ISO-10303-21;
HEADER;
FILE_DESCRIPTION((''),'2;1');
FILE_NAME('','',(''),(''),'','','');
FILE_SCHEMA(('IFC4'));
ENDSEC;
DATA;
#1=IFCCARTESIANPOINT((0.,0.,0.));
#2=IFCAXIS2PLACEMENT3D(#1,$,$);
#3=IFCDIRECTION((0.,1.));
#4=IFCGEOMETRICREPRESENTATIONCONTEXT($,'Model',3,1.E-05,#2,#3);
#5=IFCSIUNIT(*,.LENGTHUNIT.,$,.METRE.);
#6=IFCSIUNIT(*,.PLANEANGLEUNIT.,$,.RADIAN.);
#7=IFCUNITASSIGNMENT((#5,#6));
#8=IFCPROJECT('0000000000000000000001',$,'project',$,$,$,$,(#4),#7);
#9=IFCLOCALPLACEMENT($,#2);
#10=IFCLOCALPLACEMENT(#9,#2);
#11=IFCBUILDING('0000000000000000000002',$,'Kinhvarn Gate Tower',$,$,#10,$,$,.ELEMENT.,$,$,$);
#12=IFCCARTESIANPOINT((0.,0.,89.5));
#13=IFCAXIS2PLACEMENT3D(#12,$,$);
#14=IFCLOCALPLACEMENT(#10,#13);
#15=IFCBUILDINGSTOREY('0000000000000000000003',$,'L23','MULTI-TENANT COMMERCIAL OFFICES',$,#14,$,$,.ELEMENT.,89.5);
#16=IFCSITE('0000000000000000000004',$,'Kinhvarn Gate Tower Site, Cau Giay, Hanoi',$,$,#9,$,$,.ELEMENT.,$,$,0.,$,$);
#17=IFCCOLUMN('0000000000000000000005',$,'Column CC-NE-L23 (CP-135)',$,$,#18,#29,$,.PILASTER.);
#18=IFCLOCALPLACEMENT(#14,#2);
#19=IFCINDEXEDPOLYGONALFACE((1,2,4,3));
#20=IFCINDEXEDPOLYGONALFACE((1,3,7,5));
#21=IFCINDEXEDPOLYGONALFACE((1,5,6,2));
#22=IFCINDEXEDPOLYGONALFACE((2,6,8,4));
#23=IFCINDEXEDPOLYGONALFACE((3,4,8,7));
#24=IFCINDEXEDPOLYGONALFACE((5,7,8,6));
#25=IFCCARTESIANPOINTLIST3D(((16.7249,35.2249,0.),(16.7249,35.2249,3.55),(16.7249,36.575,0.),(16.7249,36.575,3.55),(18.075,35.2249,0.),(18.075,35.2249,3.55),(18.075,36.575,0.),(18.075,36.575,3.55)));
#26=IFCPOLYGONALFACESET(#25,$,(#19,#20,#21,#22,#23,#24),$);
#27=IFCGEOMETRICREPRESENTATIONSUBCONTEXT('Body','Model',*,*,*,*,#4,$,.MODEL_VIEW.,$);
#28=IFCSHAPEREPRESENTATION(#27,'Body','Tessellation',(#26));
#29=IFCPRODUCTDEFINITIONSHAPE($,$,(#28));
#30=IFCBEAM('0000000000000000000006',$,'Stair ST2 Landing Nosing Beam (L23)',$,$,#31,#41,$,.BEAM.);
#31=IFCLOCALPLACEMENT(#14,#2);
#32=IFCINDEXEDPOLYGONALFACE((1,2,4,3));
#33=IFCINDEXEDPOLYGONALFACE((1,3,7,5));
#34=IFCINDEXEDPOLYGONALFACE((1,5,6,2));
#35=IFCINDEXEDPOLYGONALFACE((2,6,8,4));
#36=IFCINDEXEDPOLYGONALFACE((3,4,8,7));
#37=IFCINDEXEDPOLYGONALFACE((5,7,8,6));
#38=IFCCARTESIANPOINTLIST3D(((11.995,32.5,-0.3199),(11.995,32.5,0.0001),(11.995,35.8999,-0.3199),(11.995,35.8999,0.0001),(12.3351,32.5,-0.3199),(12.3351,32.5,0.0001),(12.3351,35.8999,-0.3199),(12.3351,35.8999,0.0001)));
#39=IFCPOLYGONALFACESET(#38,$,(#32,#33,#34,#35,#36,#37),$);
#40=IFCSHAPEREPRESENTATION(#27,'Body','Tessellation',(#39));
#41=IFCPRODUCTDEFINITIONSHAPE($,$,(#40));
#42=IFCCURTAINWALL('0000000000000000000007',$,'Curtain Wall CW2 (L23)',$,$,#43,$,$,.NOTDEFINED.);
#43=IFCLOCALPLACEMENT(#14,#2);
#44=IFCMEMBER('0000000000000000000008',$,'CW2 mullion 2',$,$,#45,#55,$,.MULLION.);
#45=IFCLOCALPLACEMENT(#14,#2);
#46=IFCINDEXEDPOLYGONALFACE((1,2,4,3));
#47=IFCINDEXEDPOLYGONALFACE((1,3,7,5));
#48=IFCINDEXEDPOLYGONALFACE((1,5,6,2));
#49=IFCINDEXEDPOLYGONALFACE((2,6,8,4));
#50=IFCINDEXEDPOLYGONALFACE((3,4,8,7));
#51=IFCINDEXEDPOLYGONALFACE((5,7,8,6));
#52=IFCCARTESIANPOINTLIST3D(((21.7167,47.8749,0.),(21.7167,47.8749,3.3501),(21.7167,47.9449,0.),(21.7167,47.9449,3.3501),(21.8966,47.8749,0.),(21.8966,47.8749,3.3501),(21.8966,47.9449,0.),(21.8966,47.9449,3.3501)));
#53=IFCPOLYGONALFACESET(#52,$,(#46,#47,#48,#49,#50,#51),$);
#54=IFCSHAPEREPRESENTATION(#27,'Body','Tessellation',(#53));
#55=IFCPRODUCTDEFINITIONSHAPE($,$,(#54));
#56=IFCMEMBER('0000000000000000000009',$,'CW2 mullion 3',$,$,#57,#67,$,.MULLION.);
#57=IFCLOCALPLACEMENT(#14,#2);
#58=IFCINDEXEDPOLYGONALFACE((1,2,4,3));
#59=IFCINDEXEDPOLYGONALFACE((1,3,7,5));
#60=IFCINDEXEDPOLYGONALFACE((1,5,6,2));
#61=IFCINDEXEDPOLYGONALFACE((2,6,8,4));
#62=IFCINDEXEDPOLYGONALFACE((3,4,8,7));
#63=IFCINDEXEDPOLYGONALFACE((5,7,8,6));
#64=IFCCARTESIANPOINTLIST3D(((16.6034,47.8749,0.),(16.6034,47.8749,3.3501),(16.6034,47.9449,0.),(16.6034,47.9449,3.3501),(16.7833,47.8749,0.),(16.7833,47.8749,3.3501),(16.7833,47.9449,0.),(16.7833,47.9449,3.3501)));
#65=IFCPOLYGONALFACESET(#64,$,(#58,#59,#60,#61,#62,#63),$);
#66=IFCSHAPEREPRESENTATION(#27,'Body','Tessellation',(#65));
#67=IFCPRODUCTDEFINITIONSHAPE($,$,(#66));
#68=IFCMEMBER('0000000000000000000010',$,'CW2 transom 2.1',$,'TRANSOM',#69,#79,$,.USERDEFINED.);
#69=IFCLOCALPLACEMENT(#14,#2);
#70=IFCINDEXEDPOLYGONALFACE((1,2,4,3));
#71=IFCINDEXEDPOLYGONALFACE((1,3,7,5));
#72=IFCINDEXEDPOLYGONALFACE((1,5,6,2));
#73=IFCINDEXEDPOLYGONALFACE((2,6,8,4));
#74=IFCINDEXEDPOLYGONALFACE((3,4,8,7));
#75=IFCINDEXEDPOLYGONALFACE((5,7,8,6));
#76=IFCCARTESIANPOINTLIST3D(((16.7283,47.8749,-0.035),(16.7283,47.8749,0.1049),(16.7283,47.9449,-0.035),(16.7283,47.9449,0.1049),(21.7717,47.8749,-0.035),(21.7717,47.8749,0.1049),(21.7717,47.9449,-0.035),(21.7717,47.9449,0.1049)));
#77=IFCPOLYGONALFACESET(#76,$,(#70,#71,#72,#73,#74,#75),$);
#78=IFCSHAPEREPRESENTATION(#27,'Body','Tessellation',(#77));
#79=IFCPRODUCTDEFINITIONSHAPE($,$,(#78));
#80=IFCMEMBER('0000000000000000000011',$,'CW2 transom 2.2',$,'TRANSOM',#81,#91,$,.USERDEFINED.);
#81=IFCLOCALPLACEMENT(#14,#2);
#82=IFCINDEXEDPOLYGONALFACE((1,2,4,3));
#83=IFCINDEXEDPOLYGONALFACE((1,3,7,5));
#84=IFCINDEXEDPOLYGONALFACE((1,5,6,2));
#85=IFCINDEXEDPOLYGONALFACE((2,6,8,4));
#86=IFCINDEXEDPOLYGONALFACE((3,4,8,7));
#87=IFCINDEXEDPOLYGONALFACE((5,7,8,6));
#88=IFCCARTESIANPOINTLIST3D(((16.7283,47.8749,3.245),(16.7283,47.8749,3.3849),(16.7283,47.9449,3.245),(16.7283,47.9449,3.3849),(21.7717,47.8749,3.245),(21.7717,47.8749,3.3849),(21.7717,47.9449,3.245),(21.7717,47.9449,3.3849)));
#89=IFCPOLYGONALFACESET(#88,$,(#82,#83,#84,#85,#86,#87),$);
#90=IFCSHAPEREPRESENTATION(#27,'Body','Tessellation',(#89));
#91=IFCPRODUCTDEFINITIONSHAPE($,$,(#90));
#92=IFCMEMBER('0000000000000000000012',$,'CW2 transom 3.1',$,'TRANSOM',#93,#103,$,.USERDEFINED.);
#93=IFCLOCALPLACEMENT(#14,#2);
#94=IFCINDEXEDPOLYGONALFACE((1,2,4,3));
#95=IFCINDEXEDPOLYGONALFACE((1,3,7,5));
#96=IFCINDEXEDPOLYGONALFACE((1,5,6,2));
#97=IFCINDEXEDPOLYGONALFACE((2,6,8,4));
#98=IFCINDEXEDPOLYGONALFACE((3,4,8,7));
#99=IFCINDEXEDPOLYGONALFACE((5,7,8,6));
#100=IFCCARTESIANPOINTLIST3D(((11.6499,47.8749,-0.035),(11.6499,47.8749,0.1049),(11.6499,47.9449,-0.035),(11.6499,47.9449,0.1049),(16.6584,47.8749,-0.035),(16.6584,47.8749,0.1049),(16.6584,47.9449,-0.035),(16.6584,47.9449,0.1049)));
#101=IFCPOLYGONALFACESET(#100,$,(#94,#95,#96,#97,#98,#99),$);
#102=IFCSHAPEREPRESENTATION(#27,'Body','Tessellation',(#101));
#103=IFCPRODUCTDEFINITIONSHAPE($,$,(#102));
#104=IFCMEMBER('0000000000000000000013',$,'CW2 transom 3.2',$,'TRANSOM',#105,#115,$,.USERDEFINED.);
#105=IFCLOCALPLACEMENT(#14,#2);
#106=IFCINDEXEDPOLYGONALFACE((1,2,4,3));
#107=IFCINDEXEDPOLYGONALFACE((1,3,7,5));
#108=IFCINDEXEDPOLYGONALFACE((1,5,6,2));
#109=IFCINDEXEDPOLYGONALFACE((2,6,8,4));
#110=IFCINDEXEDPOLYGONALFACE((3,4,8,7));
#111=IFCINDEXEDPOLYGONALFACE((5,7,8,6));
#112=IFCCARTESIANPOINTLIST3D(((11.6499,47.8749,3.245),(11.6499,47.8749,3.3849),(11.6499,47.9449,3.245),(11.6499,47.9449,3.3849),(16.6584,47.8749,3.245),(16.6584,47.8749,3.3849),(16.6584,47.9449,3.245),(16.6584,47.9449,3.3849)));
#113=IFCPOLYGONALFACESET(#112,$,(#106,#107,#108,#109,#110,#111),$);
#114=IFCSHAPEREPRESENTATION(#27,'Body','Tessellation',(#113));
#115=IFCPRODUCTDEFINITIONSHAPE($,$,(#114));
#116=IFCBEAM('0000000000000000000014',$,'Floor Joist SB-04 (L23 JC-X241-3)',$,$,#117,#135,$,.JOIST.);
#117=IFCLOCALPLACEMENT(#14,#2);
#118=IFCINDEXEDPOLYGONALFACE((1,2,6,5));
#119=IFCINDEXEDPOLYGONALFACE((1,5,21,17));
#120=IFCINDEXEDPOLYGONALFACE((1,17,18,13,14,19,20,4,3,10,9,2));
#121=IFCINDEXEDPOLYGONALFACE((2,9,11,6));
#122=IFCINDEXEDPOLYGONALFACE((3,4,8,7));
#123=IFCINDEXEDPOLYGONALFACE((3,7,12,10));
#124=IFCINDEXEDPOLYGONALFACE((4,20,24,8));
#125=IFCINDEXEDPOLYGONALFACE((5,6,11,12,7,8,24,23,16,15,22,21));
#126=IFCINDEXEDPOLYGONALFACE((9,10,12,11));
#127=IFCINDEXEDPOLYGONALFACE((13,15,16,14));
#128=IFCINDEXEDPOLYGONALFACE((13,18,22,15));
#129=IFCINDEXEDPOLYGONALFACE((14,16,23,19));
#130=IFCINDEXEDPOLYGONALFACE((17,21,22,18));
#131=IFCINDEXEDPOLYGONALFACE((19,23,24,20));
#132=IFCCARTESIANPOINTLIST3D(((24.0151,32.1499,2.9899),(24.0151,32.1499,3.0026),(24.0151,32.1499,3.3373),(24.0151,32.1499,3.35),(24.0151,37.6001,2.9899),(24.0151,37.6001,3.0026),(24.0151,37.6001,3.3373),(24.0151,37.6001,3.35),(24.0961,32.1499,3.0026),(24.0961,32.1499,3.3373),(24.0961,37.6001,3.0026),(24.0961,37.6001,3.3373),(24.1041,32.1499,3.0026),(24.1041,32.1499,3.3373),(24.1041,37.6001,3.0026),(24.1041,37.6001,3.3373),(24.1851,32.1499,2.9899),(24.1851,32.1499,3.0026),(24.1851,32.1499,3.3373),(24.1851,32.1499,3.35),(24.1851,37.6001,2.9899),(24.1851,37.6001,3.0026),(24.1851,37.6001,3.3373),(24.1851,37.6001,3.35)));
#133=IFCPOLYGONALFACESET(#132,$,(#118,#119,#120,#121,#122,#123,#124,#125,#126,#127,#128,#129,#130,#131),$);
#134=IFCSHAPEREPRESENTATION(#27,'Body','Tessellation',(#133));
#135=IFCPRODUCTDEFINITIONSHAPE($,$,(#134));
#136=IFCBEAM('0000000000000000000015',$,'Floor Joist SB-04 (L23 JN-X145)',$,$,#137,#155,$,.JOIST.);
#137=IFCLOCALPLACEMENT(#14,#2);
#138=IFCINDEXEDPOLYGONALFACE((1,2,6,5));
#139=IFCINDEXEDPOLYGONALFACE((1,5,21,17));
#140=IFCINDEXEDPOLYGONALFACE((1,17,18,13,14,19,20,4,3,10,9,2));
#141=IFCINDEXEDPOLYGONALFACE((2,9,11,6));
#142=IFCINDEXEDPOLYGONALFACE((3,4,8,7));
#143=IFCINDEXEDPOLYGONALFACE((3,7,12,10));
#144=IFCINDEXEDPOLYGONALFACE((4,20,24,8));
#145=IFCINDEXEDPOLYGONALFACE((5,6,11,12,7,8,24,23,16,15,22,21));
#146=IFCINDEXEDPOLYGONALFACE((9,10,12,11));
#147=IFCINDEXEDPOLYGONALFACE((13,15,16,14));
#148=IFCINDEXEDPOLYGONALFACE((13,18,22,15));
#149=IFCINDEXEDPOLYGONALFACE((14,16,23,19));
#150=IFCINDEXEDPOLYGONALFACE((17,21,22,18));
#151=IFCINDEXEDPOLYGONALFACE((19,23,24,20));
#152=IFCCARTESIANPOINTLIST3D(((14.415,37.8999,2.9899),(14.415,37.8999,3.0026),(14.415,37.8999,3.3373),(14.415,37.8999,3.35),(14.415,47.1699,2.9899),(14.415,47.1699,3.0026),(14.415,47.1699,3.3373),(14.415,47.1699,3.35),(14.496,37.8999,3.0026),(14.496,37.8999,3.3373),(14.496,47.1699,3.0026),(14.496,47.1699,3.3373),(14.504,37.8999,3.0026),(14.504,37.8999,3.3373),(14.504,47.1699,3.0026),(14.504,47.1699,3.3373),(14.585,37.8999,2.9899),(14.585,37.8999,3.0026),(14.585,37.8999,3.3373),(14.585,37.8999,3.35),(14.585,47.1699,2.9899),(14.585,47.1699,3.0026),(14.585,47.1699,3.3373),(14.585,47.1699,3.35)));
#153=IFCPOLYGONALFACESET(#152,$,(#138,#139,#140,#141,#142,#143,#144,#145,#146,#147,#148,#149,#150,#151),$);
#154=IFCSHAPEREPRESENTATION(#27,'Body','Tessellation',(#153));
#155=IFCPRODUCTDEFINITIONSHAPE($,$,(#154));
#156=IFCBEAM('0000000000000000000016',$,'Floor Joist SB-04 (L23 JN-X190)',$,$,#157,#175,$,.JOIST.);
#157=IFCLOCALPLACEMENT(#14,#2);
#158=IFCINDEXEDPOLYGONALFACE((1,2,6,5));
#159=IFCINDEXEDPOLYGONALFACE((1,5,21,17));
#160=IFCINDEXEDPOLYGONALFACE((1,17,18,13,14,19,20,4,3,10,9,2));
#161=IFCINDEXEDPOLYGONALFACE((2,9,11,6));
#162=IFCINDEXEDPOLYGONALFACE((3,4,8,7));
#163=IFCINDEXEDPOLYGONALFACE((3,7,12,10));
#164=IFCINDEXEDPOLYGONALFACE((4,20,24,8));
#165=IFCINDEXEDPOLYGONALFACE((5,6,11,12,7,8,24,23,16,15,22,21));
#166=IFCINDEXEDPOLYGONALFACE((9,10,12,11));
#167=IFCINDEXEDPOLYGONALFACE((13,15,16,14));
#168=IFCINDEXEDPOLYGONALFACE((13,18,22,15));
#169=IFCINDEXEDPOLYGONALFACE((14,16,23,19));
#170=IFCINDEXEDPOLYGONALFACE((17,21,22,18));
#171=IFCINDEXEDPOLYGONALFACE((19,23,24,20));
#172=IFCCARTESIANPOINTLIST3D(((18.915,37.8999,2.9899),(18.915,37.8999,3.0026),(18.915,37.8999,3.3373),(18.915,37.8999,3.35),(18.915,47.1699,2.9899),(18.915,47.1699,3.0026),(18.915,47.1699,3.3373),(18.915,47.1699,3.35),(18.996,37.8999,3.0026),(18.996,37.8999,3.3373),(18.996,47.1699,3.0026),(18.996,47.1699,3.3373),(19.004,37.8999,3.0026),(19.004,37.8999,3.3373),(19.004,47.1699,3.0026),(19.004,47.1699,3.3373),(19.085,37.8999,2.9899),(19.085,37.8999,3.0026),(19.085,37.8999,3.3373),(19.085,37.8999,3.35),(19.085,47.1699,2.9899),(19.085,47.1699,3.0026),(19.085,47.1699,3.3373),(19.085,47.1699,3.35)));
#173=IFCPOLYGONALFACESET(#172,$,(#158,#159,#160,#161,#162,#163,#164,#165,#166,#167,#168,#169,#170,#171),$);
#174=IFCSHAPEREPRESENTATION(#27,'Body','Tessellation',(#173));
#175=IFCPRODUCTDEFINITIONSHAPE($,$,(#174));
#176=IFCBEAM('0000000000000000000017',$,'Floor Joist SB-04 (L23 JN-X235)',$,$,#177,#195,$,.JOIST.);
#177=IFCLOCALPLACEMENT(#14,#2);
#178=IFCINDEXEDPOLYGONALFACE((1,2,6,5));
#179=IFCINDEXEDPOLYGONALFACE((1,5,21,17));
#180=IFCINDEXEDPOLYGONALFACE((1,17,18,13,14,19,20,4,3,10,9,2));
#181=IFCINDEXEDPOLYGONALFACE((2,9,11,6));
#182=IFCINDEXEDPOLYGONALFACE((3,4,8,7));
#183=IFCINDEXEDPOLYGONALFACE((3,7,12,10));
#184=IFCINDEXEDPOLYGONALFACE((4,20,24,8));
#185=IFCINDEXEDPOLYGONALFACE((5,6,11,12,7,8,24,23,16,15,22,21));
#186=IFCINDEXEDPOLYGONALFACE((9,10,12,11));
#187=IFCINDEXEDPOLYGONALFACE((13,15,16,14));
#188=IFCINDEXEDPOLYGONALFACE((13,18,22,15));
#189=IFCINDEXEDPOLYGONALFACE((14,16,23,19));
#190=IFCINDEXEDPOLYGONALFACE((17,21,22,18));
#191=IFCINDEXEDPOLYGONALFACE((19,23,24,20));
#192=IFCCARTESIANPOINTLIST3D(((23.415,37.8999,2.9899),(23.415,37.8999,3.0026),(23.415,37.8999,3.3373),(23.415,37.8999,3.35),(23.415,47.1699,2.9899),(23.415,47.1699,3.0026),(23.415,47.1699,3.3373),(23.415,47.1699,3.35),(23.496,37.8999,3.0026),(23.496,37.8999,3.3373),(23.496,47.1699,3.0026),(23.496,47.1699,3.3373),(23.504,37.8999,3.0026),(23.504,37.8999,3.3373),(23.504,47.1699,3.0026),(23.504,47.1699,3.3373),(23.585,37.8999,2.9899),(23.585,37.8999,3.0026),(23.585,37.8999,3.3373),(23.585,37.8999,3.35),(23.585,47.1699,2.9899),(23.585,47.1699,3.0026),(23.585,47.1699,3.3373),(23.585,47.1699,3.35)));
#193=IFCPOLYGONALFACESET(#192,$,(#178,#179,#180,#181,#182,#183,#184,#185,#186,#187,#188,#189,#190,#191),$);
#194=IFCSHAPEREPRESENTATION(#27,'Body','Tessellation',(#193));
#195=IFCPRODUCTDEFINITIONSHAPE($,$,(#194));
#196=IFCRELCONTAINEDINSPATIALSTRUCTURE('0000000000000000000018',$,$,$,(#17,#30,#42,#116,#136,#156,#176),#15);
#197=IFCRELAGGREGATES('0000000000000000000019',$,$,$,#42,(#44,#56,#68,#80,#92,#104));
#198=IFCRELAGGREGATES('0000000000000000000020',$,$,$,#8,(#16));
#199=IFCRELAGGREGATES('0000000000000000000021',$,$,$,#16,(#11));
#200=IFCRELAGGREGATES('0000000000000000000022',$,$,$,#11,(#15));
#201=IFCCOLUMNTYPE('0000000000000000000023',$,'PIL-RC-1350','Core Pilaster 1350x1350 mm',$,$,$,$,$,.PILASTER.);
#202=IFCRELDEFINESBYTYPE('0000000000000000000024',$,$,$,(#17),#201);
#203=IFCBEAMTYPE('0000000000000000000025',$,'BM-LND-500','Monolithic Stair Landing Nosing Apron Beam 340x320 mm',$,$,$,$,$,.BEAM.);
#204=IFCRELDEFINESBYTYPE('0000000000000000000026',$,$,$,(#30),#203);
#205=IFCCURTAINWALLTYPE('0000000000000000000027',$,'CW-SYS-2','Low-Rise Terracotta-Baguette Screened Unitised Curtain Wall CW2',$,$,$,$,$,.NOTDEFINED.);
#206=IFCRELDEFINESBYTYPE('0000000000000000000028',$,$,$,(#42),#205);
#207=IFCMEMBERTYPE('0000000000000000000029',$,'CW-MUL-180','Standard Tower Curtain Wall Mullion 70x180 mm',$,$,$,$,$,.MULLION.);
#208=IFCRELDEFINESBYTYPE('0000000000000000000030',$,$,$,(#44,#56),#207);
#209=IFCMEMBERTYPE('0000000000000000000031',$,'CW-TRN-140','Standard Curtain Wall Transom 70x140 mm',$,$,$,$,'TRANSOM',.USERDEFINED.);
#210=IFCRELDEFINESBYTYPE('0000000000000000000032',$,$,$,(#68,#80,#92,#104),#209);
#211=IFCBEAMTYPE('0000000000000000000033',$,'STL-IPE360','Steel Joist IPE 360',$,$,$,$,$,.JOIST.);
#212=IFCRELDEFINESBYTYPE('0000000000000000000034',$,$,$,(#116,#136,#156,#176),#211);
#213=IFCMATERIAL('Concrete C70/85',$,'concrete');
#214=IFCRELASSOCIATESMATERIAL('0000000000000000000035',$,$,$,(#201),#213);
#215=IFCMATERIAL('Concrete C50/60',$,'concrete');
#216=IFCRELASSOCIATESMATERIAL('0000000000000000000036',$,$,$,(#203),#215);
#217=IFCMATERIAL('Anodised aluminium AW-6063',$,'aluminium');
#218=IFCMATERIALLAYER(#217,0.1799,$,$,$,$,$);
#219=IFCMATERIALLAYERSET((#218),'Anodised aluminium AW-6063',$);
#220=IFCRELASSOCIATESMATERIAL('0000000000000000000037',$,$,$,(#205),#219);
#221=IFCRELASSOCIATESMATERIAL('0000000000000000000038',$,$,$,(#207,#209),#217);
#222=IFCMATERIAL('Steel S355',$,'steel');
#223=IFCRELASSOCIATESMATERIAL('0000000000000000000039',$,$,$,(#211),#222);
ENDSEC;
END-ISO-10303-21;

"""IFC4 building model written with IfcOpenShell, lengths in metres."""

from ifc_helpers import new_model, si_unit, direction, frame, origin, origin_2d, place, context, subcontext, project, spatial, rectangle, i_section, extrude, material, layer, layer_set, material_profile, profile_set, type_object, element, aggregate, save


model = new_model("IFC4")

# Units and contexts
model_context = context("Model", 3, precision=1e-05, world=origin(), true_north=direction((0.0, 1.0)))
body_context = subcontext(model_context, "Body", "Model", "MODEL_VIEW")
ifc_project = project(units=[si_unit("LENGTHUNIT", "METRE"), si_unit("PLANEANGLEUNIT", "RADIAN")], contexts=[model_context])

# Site, building, storey
site_placement = place(None, origin())
site = spatial("IfcSite", under=ifc_project, at=site_placement, Name="Kinhvarn Gate Tower Site, Cau Giay, Hanoi", CompositionType="ELEMENT", RefElevation=0.0)
building_placement = place(site_placement, origin())
building = spatial("IfcBuilding", under=site, at=building_placement, Name="Kinhvarn Gate Tower", CompositionType="ELEMENT")
storey_placement = place(building_placement, frame((0.0, 0.0, 89.5)))
storey = spatial("IfcBuildingStorey", under=building, at=storey_placement, Name="L23", Description="MULTI-TENANT COMMERCIAL OFFICES", CompositionType="ELEMENT", Elevation=89.5)

# Column
ifc_material_1 = material(Name="Concrete C70/85", Category="concrete")
ifc_material_profile_1 = material_profile(ifc_material_1, rectangle(XDim=1.3501, YDim=1.3501, at=origin_2d()), Name="RC 1350x1350")
ifc_profile_set_1 = profile_set([ifc_material_profile_1], Name="Concrete C70/85")
column_type = type_object("IfcColumnType", Name="PIL-RC-1350", Description="Core Pilaster 1350x1350 mm", PredefinedType="PILASTER", material=ifc_profile_set_1)
column_placement = place(storey_placement, frame((17.3999, 35.8999, 0.0), z_axis=(0.0, 0.0, 1.0), x_axis=(1.0, 0.0, 0.0)))
element("IfcColumn", 1, at=column_placement, inside=storey, type_object=column_type, Name="Column CC-NE-L23 (CP-135)", PredefinedType="PILASTER", context=body_context, shape_type="SweptSolid", body=[
    extrude(rectangle(XDim=1.3501, YDim=1.3501, at=origin_2d()), origin(), (0.0, 0.0, 1.0), 3.55),
])

# Beam
ifc_material_2 = material(Name="Concrete C50/60", Category="concrete")
ifc_material_profile_2 = material_profile(ifc_material_2, rectangle(XDim=0.3401, YDim=0.3201, at=origin_2d()), Name="RC 340x320")
ifc_profile_set_2 = profile_set([ifc_material_profile_2], Name="Concrete C50/60")
beam_type_1 = type_object("IfcBeamType", Name="BM-LND-500", Description="Monolithic Stair Landing Nosing Apron Beam 340x320 mm", PredefinedType="BEAM", material=ifc_profile_set_2)
beam_1_placement = place(storey_placement, frame((12.165, 32.5, -0.1599), z_axis=(0.0, 1.0, 0.0), x_axis=(-1.0, 0.0, 0.0)))
element("IfcBeam", 2, at=beam_1_placement, inside=storey, type_object=beam_type_1, Name="Stair ST2 Landing Nosing Beam (L23)", PredefinedType="BEAM", context=body_context, shape_type="SweptSolid", body=[
    extrude(rectangle(XDim=0.3401, YDim=0.3201, at=origin_2d()), origin(), (0.0, 0.0, 1.0), 3.3999),
])

# Curtain wall, members
ifc_material_3 = material(Name="Anodised aluminium AW-6063", Category="aluminium")
ifc_layer_1 = layer(ifc_material_3, 0.1799)
ifc_layer_set_1 = layer_set([ifc_layer_1], Name="Anodised aluminium AW-6063")
curtain_wall_type = type_object("IfcCurtainWallType", Name="CW-SYS-2", Description="Low-Rise Terracotta-Baguette Screened Unitised Curtain Wall CW2", PredefinedType="NOTDEFINED", material=ifc_layer_set_1)
curtain_wall_placement = place(storey_placement, origin())
curtain_wall = element("IfcCurtainWall", 3, at=curtain_wall_placement, inside=storey, type_object=curtain_wall_type, Name="Curtain Wall CW2 (L23)", PredefinedType="NOTDEFINED")
ifc_material_profile_3 = material_profile(ifc_material_3, rectangle(XDim=0.0701, YDim=0.1799, at=origin_2d()), Name="ALU 70x180")
ifc_profile_set_3 = profile_set([ifc_material_profile_3], Name="Anodised aluminium AW-6063")
member_type_1 = type_object("IfcMemberType", Name="CW-MUL-180", Description="Standard Tower Curtain Wall Mullion 70x180 mm", PredefinedType="MULLION", material=ifc_profile_set_3)
member_1_placement = place(storey_placement, frame((21.8066, 47.9099, 0.0), z_axis=(0.0, 0.0, 1.0), x_axis=(0.0, -1.0, 0.0)))
member_1 = element("IfcMember", 4, at=member_1_placement, type_object=member_type_1, Name="CW2 mullion 2", PredefinedType="MULLION", context=body_context, shape_type="SweptSolid", body=[
    extrude(rectangle(XDim=0.0701, YDim=0.1799, at=origin_2d()), origin(), (0.0, 0.0, 1.0), 3.3501),
])
member_2_placement = place(storey_placement, frame((16.6934, 47.9099, 0.0), z_axis=(0.0, 0.0, 1.0), x_axis=(0.0, -1.0, 0.0)))
member_2 = element("IfcMember", 5, at=member_2_placement, type_object=member_type_1, Name="CW2 mullion 3", PredefinedType="MULLION", context=body_context, shape_type="SweptSolid", body=[
    extrude(rectangle(XDim=0.0701, YDim=0.1799, at=origin_2d()), origin(), (0.0, 0.0, 1.0), 3.3501),
])
ifc_material_profile_4 = material_profile(ifc_material_3, rectangle(XDim=0.0701, YDim=0.1399, at=origin_2d()), Name="ALU 70x140")
ifc_profile_set_4 = profile_set([ifc_material_profile_4], Name="Anodised aluminium AW-6063")
member_type_2 = type_object("IfcMemberType", Name="CW-TRN-140", Description="Standard Curtain Wall Transom 70x140 mm", ElementType="TRANSOM", PredefinedType="USERDEFINED", material=ifc_profile_set_4)
member_3_placement = place(storey_placement, frame((21.7717, 47.9099, 0.0349), z_axis=(-1.0, 0.0, 0.0), x_axis=(0.0, -1.0, 0.0)))
member_3 = element("IfcMember", 6, at=member_3_placement, type_object=member_type_2, Name="CW2 transom 2.1", ObjectType="TRANSOM", PredefinedType="USERDEFINED", context=body_context, shape_type="SweptSolid", body=[
    extrude(rectangle(XDim=0.0701, YDim=0.1399, at=origin_2d()), origin(), (0.0, 0.0, 1.0), 5.0435),
])
member_4_placement = place(storey_placement, frame((21.7717, 47.9099, 3.3149), z_axis=(-1.0, 0.0, 0.0), x_axis=(0.0, -1.0, 0.0)))
member_4 = element("IfcMember", 7, at=member_4_placement, type_object=member_type_2, Name="CW2 transom 2.2", ObjectType="TRANSOM", PredefinedType="USERDEFINED", context=body_context, shape_type="SweptSolid", body=[
    extrude(rectangle(XDim=0.0701, YDim=0.1399, at=origin_2d()), origin(), (0.0, 0.0, 1.0), 5.0435),
])
member_5_placement = place(storey_placement, frame((16.6584, 47.9099, 0.0349), z_axis=(-1.0, 0.0, 0.0), x_axis=(0.0, -1.0, 0.0)))
member_5 = element("IfcMember", 8, at=member_5_placement, type_object=member_type_2, Name="CW2 transom 3.1", ObjectType="TRANSOM", PredefinedType="USERDEFINED", context=body_context, shape_type="SweptSolid", body=[
    extrude(rectangle(XDim=0.0701, YDim=0.1399, at=origin_2d()), origin(), (0.0, 0.0, 1.0), 5.0085),
])
member_6_placement = place(storey_placement, frame((16.6584, 47.9099, 3.3149), z_axis=(-1.0, 0.0, 0.0), x_axis=(0.0, -1.0, 0.0)))
member_6 = element("IfcMember", 9, at=member_6_placement, type_object=member_type_2, Name="CW2 transom 3.2", ObjectType="TRANSOM", PredefinedType="USERDEFINED", context=body_context, shape_type="SweptSolid", body=[
    extrude(rectangle(XDim=0.0701, YDim=0.1399, at=origin_2d()), origin(), (0.0, 0.0, 1.0), 5.0085),
])

# Beams
ifc_material_4 = material(Name="Steel S355", Category="steel")
ifc_material_profile_5 = material_profile(ifc_material_4, i_section(OverallWidth=0.1699, OverallDepth=0.3601, WebThickness=0.0081, FlangeThickness=0.0127, at=origin_2d()), Name="IPE 360")
ifc_profile_set_5 = profile_set([ifc_material_profile_5], Name="Steel S355")
beam_type_2 = type_object("IfcBeamType", Name="STL-IPE360", Description="Steel Joist IPE 360", PredefinedType="JOIST", material=ifc_profile_set_5)
beam_2_placement = place(storey_placement, frame((24.1001, 32.1499, 3.1699), z_axis=(0.0, 1.0, 0.0), x_axis=(-1.0, 0.0, 0.0)))
element("IfcBeam", 10, at=beam_2_placement, inside=storey, type_object=beam_type_2, Name="Floor Joist SB-04 (L23 JC-X241-3)", PredefinedType="JOIST", context=body_context, shape_type="SweptSolid", body=[
    extrude(i_section(OverallWidth=0.1699, OverallDepth=0.3601, WebThickness=0.0081, FlangeThickness=0.0127, at=origin_2d()), origin(), (0.0, 0.0, 1.0), 5.4502),
])
for number, where, z_axis, x_axis, name in (
    (11, (14.5, 37.8999, 3.1699), (0.0, 1.0, 0.0), (-1.0, 0.0, 0.0), "Floor Joist SB-04 (L23 JN-X145)"),
    (12, (19.0, 37.8999, 3.1699), (0.0, 1.0, 0.0), (-1.0, 0.0, 0.0), "Floor Joist SB-04 (L23 JN-X190)"),
    (13, (23.5, 37.8999, 3.1699), (0.0, 1.0, 0.0), (-1.0, 0.0, 0.0), "Floor Joist SB-04 (L23 JN-X235)"),
):
    element("IfcBeam", number, at=place(storey_placement, frame(where, z_axis=z_axis, x_axis=x_axis)), inside=storey, type_object=beam_type_2, Name=name, PredefinedType="JOIST", context=body_context, shape_type="SweptSolid", body=[
        extrude(i_section(OverallWidth=0.1699, OverallDepth=0.3601, WebThickness=0.0081, FlangeThickness=0.0127, at=origin_2d()), origin(), (0.0, 0.0, 1.0), 9.27),
    ])

aggregate(curtain_wall, [member_1, member_2, member_3, member_4, member_5, member_6])

save(model, "model.ifc")
